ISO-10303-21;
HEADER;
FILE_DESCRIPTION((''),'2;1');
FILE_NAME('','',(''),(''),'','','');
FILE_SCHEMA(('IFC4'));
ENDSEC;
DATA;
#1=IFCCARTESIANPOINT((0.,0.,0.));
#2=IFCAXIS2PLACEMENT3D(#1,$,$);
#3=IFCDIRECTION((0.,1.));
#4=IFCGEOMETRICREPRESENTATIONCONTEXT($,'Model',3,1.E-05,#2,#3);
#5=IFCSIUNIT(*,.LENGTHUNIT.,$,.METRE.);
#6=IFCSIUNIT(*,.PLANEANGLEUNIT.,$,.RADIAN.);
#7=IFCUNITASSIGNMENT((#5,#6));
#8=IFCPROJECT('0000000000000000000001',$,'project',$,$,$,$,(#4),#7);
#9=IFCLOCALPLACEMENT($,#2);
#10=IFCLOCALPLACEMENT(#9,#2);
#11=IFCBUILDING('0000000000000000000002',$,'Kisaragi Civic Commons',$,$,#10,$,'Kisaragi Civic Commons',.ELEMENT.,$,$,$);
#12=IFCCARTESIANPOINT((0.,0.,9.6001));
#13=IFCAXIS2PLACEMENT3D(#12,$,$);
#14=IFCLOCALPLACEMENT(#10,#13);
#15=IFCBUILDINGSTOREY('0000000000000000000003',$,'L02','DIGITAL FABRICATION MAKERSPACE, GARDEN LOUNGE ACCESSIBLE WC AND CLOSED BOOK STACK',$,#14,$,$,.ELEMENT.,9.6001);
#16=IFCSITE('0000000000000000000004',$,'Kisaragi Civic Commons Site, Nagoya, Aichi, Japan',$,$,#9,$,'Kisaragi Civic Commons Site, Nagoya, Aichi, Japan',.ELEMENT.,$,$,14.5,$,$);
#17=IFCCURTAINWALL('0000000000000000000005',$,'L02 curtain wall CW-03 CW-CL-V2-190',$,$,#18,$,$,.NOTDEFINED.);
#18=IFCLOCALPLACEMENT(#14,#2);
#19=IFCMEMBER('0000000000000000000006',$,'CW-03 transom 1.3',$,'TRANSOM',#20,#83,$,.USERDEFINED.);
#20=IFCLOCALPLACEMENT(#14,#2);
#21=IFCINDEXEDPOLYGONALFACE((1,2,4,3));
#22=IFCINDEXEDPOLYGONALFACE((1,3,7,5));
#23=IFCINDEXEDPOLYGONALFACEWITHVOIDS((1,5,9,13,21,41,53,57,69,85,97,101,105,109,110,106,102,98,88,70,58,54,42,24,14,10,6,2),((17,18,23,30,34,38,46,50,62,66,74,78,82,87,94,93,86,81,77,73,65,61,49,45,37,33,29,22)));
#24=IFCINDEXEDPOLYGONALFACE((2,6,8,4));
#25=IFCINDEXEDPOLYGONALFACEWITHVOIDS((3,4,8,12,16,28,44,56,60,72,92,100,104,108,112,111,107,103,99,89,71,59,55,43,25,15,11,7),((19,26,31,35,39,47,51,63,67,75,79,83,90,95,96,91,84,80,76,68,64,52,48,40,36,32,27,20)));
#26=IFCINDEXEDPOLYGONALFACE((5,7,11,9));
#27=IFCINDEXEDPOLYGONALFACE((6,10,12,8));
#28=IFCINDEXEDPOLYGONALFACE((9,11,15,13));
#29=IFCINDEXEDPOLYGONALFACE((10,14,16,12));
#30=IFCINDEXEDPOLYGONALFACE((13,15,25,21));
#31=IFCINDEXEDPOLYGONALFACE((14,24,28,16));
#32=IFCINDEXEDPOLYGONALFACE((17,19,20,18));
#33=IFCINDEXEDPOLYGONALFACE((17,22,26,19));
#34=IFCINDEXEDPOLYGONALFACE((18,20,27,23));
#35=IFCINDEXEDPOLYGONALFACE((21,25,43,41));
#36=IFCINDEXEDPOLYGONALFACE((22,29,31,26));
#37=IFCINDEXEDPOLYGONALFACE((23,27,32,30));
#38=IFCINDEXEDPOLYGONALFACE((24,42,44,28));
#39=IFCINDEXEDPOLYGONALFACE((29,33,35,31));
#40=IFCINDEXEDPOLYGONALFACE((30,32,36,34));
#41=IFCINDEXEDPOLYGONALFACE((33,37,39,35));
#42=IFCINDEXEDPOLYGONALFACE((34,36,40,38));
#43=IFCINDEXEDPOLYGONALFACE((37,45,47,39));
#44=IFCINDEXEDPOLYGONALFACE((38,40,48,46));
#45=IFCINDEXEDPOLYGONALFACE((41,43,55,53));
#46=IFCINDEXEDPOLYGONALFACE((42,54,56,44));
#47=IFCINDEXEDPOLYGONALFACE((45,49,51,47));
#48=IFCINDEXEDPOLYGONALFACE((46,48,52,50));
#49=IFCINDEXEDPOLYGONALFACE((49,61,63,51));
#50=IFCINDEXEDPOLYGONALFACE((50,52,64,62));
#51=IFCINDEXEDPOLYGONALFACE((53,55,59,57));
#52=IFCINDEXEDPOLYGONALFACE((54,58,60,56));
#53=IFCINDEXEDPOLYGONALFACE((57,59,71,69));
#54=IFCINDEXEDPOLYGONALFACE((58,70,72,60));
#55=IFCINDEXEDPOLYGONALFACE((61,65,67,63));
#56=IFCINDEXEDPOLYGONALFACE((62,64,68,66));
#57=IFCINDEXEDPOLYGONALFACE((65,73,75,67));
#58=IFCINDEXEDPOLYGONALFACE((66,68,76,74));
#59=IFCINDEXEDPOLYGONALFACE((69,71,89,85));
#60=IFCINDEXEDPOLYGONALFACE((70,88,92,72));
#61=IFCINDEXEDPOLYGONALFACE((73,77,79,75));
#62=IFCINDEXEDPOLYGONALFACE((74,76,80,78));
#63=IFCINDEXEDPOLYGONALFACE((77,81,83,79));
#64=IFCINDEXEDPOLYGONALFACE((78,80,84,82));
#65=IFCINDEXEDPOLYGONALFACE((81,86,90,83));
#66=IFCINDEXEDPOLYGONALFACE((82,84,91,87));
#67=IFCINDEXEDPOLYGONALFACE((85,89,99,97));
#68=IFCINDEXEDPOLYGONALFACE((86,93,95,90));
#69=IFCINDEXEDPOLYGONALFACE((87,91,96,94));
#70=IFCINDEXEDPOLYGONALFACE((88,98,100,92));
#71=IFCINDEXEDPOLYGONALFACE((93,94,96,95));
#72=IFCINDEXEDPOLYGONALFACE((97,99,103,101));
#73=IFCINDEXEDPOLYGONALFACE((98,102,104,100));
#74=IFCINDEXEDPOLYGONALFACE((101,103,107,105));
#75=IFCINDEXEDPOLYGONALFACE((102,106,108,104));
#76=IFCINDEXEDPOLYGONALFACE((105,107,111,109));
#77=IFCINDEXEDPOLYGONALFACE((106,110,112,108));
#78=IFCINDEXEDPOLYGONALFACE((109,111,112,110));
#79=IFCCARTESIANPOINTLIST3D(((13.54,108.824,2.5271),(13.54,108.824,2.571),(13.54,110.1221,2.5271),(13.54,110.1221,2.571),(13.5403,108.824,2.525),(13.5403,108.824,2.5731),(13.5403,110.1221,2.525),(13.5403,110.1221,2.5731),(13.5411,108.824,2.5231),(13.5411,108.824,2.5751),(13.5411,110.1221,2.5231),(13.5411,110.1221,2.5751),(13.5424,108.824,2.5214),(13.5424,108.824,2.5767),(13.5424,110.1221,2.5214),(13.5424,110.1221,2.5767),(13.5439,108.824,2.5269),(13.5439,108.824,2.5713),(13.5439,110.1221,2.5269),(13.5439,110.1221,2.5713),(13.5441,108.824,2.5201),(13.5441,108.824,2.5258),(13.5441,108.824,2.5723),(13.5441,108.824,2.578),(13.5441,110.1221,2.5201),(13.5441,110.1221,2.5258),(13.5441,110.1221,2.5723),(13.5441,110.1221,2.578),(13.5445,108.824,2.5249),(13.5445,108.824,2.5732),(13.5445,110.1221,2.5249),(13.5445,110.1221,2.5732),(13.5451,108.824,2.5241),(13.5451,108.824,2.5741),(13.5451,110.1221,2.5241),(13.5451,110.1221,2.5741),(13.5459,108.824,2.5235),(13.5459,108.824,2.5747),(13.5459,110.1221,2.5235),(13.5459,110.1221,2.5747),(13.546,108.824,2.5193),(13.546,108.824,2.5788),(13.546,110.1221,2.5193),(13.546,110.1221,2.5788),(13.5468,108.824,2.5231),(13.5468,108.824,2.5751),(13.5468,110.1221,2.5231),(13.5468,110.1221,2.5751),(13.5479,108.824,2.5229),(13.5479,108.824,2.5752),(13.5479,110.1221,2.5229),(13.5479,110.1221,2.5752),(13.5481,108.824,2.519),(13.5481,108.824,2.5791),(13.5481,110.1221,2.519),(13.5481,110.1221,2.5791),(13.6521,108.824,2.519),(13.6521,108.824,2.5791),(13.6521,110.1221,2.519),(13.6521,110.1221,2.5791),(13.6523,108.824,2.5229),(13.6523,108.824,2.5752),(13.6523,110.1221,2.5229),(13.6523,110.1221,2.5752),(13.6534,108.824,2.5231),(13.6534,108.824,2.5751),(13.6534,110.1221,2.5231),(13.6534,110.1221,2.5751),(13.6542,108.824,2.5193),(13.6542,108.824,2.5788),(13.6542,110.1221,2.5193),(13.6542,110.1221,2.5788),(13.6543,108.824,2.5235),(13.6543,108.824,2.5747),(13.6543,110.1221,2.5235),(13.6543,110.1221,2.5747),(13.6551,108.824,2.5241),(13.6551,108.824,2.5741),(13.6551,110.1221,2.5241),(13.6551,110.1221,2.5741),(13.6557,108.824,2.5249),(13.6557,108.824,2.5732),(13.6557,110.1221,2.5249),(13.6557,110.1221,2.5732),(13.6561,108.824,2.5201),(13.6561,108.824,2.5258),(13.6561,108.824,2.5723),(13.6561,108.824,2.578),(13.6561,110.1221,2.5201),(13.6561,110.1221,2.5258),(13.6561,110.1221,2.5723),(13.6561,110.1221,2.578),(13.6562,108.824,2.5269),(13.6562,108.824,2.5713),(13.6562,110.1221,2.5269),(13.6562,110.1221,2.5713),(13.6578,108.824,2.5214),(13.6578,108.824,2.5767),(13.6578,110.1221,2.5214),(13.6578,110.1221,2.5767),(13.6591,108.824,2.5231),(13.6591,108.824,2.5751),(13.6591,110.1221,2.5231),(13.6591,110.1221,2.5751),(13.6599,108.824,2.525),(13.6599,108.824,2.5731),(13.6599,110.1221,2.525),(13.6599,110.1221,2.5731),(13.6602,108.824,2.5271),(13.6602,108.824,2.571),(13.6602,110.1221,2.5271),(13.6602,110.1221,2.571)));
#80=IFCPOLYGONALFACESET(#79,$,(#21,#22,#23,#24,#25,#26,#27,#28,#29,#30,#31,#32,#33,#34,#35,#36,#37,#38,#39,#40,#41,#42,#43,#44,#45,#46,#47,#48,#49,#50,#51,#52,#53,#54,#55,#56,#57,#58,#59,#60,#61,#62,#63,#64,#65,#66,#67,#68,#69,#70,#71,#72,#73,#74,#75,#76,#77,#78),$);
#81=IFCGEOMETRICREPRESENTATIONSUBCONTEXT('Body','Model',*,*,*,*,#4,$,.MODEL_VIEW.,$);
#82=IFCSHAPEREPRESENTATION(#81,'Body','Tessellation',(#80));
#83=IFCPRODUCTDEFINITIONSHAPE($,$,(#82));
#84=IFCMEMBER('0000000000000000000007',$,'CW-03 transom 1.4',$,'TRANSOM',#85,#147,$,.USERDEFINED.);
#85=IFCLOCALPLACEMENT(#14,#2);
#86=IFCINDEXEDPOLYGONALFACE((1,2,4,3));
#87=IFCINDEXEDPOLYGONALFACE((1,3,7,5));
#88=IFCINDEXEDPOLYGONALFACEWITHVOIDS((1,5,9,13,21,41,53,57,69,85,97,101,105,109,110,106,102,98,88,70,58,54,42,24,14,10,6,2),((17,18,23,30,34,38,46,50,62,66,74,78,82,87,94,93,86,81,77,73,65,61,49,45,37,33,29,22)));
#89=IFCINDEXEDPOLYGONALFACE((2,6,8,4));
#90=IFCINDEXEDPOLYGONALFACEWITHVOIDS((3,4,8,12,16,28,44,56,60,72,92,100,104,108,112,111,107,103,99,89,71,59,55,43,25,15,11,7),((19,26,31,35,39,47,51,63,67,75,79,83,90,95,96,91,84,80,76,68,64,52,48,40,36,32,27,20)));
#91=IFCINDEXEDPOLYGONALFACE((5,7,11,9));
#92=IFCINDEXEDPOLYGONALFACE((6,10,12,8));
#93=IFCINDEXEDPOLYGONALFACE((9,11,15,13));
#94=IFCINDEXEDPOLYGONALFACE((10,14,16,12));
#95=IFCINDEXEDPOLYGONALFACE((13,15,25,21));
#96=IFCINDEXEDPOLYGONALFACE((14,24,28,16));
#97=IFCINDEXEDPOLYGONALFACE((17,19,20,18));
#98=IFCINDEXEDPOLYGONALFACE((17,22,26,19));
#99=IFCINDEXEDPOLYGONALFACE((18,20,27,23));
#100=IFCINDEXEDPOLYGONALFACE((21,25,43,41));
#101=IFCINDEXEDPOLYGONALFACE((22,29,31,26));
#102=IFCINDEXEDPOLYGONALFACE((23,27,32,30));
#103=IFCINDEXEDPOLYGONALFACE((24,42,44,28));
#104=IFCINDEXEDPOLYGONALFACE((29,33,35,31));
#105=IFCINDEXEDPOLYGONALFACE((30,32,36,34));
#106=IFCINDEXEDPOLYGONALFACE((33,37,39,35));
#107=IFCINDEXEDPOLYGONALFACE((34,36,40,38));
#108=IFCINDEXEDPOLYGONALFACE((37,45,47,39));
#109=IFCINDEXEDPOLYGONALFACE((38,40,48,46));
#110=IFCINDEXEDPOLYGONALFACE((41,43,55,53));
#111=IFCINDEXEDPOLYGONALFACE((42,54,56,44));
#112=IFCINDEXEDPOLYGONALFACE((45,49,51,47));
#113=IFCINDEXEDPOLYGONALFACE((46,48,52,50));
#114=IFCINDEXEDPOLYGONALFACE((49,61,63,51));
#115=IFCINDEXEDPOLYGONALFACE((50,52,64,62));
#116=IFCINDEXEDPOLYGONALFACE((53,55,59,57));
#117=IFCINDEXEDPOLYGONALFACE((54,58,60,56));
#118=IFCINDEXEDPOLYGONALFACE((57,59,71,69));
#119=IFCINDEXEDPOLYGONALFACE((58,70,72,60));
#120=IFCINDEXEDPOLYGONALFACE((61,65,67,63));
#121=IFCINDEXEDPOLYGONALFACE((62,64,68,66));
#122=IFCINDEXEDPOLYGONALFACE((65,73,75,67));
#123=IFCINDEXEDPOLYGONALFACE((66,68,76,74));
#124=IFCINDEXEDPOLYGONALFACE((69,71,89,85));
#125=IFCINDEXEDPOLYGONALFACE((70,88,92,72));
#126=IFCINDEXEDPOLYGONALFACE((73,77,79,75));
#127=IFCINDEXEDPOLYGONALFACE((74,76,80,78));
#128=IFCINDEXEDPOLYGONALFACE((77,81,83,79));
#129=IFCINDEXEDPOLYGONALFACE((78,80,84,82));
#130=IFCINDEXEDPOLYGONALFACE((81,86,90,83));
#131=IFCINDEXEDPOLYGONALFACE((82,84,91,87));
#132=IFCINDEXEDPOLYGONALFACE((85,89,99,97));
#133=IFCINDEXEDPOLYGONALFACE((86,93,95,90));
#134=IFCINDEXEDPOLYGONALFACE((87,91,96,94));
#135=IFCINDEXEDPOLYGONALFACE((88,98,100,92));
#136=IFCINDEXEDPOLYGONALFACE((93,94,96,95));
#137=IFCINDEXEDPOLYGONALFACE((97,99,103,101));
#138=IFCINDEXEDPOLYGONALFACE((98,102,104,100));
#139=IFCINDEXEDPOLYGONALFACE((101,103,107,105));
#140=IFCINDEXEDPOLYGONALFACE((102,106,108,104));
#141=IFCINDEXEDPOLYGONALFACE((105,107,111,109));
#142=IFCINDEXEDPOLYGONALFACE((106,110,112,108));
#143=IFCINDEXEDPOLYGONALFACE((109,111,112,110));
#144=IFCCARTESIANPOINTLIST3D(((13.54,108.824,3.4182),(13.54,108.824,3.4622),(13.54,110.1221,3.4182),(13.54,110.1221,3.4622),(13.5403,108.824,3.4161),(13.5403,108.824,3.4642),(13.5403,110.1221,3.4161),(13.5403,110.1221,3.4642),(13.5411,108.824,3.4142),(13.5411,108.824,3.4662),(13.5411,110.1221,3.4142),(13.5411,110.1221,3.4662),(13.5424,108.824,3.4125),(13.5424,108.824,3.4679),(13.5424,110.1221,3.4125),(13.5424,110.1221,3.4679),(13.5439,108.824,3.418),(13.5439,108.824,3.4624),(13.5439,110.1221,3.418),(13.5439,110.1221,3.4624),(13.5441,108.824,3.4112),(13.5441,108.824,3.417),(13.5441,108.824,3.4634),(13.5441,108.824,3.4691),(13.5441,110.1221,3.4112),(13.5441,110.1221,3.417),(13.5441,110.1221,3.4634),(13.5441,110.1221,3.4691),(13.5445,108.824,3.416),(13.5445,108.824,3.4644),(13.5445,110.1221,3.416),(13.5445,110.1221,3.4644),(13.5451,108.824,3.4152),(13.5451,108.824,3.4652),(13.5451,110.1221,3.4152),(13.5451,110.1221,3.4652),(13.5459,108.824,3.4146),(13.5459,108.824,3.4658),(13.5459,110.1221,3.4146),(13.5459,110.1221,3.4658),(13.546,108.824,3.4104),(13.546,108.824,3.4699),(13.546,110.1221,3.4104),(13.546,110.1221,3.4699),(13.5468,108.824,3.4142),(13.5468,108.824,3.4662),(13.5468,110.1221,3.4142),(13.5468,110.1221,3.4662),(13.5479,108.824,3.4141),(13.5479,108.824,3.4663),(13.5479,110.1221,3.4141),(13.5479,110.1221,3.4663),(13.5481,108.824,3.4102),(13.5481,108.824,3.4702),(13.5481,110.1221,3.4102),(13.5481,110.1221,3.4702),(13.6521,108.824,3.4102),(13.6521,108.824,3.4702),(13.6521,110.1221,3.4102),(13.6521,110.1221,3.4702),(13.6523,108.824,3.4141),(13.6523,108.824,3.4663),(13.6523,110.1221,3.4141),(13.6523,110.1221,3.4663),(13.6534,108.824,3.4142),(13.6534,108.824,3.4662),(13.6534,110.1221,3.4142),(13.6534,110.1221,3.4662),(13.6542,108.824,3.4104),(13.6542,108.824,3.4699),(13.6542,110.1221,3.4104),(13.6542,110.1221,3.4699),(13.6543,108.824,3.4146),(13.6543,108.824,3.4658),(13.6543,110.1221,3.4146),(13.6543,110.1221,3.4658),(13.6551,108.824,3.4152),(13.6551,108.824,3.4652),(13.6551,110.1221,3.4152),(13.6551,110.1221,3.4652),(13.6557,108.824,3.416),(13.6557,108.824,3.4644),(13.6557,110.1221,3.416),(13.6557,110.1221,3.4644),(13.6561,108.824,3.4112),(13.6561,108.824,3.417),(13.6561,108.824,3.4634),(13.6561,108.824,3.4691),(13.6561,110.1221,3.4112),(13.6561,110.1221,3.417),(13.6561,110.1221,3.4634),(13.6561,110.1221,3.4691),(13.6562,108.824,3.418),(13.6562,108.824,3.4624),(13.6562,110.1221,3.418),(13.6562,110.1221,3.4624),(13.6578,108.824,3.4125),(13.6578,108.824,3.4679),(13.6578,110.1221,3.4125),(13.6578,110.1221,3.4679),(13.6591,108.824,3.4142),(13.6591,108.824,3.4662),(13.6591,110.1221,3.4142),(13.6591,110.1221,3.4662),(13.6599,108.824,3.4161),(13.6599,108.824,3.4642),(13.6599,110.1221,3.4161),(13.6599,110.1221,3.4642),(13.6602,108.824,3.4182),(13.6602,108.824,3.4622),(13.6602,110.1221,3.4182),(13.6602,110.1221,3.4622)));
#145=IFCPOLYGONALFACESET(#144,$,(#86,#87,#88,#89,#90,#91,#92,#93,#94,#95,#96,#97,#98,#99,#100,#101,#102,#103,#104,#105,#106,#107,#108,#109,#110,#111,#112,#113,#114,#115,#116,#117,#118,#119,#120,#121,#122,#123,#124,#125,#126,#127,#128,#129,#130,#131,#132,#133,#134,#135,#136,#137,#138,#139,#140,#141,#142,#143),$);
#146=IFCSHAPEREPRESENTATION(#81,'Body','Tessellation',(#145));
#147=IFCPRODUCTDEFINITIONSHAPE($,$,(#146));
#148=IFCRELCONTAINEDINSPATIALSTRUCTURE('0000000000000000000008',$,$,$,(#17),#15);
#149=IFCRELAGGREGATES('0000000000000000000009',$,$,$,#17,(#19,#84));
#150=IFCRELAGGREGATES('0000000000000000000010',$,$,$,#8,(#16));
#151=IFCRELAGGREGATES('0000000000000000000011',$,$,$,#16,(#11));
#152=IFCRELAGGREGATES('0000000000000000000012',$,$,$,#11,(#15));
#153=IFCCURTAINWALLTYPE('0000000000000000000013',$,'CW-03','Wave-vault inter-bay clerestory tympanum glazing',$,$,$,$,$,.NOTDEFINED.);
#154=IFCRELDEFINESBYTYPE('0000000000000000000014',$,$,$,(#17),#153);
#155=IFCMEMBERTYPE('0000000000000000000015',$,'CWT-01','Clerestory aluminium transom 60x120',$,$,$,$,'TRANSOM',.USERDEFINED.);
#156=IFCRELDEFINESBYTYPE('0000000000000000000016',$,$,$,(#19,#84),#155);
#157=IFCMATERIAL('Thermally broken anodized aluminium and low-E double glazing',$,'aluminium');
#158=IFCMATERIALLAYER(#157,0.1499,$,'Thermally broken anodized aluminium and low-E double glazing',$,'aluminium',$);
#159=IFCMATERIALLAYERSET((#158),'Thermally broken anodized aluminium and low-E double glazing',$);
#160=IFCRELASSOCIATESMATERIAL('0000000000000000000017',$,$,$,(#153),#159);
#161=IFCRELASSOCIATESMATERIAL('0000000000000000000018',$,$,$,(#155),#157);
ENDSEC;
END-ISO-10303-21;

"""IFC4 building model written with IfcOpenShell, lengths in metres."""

from ifc_helpers import new_model, si_unit, direction, frame, origin, origin_2d, place, context, subcontext, project, spatial, hollow_rectangle, extrude, material, layer, layer_set, material_profile, profile_set, type_object, element, aggregate, save


model = new_model("IFC4")

# Units and contexts
model_context = context("Model", 3, precision=1e-05, world=origin(), true_north=direction((0.0, 1.0)))
body_context = subcontext(model_context, "Body", "Model", "MODEL_VIEW")
ifc_project = project(units=[si_unit("LENGTHUNIT", "METRE"), si_unit("PLANEANGLEUNIT", "RADIAN")], contexts=[model_context])

# Site, building, storey
site_placement = place(None, origin())
site = spatial("IfcSite", under=ifc_project, at=site_placement, Name="Kisaragi Civic Commons Site, Nagoya, Aichi, Japan", LongName="Kisaragi Civic Commons Site, Nagoya, Aichi, Japan", CompositionType="ELEMENT", RefElevation=14.5)
building_placement = place(site_placement, origin())
building = spatial("IfcBuilding", under=site, at=building_placement, Name="Kisaragi Civic Commons", LongName="Kisaragi Civic Commons", CompositionType="ELEMENT")
storey_placement = place(building_placement, frame((0.0, 0.0, 9.6001)))
storey = spatial("IfcBuildingStorey", under=building, at=storey_placement, Name="L02", Description="DIGITAL FABRICATION MAKERSPACE, GARDEN LOUNGE ACCESSIBLE WC AND CLOSED BOOK STACK", CompositionType="ELEMENT", Elevation=9.6001)

# Shared definitions
ifc_material_1 = material(Name="Thermally broken anodized aluminium and low-E double glazing", Category="aluminium")
ifc_layer_1 = layer(ifc_material_1, 0.1499, Name="Thermally broken anodized aluminium and low-E double glazing", Category="aluminium")
ifc_layer_set_1 = layer_set([ifc_layer_1], Name="Thermally broken anodized aluminium and low-E double glazing")
curtain_wall_type = type_object("IfcCurtainWallType", Name="CW-03", Description="Wave-vault inter-bay clerestory tympanum glazing", PredefinedType="NOTDEFINED", material=ifc_layer_set_1)

# Curtain wall
curtain_wall_1_placement = place(storey_placement, origin())
curtain_wall_1 = element("IfcCurtainWall", 1, at=curtain_wall_1_placement, inside=storey, type_object=curtain_wall_type, Name="L02 curtain wall CW-03 CW-CL-V2-190", PredefinedType="NOTDEFINED")

# Members
ifc_material_profile_1 = material_profile(ifc_material_1, hollow_rectangle(XDim=0.1201, YDim=0.0601, WallThickness=0.0039, InnerFilletRadius=0.0039, OuterFilletRadius=0.0081, at=origin_2d()), Name="CWT-60x120x4", Category="aluminium")
ifc_profile_set_1 = profile_set([ifc_material_profile_1], Name="Thermally broken anodized aluminium and low-E double glazing")
member_type_1 = type_object("IfcMemberType", Name="CWT-01", Description="Clerestory aluminium transom 60x120", ElementType="TRANSOM", PredefinedType="USERDEFINED", material=ifc_profile_set_1)
member_1_placement = place(storey_placement, frame((13.6001, 108.824, 2.5491), z_axis=(0.0, 1.0, 0.0), x_axis=(-1.0, 0.0, 0.0)))
member_1 = element("IfcMember", 2, at=member_1_placement, type_object=member_type_1, Name="CW-03 transom 1.3", ObjectType="TRANSOM", PredefinedType="USERDEFINED", context=body_context, shape_type="SweptSolid", body=[
    extrude(hollow_rectangle(XDim=0.1201, YDim=0.0601, WallThickness=0.0039, InnerFilletRadius=0.0039, OuterFilletRadius=0.0081, at=origin_2d()), origin(), (0.0, 0.0, 1.0), 1.2981),
])
member_2_placement = place(storey_placement, frame((13.6001, 108.824, 3.4402), z_axis=(0.0, 1.0, 0.0), x_axis=(-1.0, 0.0, 0.0)))
member_2 = element("IfcMember", 3, at=member_2_placement, type_object=member_type_1, Name="CW-03 transom 1.4", ObjectType="TRANSOM", PredefinedType="USERDEFINED", context=body_context, shape_type="SweptSolid", body=[
    extrude(hollow_rectangle(XDim=0.1201, YDim=0.0601, WallThickness=0.0039, InnerFilletRadius=0.0039, OuterFilletRadius=0.0081, at=origin_2d()), origin(), (0.0, 0.0, 1.0), 1.2981),
])

aggregate(curtain_wall_1, [member_1, member_2])

save(model, "model.ifc")
